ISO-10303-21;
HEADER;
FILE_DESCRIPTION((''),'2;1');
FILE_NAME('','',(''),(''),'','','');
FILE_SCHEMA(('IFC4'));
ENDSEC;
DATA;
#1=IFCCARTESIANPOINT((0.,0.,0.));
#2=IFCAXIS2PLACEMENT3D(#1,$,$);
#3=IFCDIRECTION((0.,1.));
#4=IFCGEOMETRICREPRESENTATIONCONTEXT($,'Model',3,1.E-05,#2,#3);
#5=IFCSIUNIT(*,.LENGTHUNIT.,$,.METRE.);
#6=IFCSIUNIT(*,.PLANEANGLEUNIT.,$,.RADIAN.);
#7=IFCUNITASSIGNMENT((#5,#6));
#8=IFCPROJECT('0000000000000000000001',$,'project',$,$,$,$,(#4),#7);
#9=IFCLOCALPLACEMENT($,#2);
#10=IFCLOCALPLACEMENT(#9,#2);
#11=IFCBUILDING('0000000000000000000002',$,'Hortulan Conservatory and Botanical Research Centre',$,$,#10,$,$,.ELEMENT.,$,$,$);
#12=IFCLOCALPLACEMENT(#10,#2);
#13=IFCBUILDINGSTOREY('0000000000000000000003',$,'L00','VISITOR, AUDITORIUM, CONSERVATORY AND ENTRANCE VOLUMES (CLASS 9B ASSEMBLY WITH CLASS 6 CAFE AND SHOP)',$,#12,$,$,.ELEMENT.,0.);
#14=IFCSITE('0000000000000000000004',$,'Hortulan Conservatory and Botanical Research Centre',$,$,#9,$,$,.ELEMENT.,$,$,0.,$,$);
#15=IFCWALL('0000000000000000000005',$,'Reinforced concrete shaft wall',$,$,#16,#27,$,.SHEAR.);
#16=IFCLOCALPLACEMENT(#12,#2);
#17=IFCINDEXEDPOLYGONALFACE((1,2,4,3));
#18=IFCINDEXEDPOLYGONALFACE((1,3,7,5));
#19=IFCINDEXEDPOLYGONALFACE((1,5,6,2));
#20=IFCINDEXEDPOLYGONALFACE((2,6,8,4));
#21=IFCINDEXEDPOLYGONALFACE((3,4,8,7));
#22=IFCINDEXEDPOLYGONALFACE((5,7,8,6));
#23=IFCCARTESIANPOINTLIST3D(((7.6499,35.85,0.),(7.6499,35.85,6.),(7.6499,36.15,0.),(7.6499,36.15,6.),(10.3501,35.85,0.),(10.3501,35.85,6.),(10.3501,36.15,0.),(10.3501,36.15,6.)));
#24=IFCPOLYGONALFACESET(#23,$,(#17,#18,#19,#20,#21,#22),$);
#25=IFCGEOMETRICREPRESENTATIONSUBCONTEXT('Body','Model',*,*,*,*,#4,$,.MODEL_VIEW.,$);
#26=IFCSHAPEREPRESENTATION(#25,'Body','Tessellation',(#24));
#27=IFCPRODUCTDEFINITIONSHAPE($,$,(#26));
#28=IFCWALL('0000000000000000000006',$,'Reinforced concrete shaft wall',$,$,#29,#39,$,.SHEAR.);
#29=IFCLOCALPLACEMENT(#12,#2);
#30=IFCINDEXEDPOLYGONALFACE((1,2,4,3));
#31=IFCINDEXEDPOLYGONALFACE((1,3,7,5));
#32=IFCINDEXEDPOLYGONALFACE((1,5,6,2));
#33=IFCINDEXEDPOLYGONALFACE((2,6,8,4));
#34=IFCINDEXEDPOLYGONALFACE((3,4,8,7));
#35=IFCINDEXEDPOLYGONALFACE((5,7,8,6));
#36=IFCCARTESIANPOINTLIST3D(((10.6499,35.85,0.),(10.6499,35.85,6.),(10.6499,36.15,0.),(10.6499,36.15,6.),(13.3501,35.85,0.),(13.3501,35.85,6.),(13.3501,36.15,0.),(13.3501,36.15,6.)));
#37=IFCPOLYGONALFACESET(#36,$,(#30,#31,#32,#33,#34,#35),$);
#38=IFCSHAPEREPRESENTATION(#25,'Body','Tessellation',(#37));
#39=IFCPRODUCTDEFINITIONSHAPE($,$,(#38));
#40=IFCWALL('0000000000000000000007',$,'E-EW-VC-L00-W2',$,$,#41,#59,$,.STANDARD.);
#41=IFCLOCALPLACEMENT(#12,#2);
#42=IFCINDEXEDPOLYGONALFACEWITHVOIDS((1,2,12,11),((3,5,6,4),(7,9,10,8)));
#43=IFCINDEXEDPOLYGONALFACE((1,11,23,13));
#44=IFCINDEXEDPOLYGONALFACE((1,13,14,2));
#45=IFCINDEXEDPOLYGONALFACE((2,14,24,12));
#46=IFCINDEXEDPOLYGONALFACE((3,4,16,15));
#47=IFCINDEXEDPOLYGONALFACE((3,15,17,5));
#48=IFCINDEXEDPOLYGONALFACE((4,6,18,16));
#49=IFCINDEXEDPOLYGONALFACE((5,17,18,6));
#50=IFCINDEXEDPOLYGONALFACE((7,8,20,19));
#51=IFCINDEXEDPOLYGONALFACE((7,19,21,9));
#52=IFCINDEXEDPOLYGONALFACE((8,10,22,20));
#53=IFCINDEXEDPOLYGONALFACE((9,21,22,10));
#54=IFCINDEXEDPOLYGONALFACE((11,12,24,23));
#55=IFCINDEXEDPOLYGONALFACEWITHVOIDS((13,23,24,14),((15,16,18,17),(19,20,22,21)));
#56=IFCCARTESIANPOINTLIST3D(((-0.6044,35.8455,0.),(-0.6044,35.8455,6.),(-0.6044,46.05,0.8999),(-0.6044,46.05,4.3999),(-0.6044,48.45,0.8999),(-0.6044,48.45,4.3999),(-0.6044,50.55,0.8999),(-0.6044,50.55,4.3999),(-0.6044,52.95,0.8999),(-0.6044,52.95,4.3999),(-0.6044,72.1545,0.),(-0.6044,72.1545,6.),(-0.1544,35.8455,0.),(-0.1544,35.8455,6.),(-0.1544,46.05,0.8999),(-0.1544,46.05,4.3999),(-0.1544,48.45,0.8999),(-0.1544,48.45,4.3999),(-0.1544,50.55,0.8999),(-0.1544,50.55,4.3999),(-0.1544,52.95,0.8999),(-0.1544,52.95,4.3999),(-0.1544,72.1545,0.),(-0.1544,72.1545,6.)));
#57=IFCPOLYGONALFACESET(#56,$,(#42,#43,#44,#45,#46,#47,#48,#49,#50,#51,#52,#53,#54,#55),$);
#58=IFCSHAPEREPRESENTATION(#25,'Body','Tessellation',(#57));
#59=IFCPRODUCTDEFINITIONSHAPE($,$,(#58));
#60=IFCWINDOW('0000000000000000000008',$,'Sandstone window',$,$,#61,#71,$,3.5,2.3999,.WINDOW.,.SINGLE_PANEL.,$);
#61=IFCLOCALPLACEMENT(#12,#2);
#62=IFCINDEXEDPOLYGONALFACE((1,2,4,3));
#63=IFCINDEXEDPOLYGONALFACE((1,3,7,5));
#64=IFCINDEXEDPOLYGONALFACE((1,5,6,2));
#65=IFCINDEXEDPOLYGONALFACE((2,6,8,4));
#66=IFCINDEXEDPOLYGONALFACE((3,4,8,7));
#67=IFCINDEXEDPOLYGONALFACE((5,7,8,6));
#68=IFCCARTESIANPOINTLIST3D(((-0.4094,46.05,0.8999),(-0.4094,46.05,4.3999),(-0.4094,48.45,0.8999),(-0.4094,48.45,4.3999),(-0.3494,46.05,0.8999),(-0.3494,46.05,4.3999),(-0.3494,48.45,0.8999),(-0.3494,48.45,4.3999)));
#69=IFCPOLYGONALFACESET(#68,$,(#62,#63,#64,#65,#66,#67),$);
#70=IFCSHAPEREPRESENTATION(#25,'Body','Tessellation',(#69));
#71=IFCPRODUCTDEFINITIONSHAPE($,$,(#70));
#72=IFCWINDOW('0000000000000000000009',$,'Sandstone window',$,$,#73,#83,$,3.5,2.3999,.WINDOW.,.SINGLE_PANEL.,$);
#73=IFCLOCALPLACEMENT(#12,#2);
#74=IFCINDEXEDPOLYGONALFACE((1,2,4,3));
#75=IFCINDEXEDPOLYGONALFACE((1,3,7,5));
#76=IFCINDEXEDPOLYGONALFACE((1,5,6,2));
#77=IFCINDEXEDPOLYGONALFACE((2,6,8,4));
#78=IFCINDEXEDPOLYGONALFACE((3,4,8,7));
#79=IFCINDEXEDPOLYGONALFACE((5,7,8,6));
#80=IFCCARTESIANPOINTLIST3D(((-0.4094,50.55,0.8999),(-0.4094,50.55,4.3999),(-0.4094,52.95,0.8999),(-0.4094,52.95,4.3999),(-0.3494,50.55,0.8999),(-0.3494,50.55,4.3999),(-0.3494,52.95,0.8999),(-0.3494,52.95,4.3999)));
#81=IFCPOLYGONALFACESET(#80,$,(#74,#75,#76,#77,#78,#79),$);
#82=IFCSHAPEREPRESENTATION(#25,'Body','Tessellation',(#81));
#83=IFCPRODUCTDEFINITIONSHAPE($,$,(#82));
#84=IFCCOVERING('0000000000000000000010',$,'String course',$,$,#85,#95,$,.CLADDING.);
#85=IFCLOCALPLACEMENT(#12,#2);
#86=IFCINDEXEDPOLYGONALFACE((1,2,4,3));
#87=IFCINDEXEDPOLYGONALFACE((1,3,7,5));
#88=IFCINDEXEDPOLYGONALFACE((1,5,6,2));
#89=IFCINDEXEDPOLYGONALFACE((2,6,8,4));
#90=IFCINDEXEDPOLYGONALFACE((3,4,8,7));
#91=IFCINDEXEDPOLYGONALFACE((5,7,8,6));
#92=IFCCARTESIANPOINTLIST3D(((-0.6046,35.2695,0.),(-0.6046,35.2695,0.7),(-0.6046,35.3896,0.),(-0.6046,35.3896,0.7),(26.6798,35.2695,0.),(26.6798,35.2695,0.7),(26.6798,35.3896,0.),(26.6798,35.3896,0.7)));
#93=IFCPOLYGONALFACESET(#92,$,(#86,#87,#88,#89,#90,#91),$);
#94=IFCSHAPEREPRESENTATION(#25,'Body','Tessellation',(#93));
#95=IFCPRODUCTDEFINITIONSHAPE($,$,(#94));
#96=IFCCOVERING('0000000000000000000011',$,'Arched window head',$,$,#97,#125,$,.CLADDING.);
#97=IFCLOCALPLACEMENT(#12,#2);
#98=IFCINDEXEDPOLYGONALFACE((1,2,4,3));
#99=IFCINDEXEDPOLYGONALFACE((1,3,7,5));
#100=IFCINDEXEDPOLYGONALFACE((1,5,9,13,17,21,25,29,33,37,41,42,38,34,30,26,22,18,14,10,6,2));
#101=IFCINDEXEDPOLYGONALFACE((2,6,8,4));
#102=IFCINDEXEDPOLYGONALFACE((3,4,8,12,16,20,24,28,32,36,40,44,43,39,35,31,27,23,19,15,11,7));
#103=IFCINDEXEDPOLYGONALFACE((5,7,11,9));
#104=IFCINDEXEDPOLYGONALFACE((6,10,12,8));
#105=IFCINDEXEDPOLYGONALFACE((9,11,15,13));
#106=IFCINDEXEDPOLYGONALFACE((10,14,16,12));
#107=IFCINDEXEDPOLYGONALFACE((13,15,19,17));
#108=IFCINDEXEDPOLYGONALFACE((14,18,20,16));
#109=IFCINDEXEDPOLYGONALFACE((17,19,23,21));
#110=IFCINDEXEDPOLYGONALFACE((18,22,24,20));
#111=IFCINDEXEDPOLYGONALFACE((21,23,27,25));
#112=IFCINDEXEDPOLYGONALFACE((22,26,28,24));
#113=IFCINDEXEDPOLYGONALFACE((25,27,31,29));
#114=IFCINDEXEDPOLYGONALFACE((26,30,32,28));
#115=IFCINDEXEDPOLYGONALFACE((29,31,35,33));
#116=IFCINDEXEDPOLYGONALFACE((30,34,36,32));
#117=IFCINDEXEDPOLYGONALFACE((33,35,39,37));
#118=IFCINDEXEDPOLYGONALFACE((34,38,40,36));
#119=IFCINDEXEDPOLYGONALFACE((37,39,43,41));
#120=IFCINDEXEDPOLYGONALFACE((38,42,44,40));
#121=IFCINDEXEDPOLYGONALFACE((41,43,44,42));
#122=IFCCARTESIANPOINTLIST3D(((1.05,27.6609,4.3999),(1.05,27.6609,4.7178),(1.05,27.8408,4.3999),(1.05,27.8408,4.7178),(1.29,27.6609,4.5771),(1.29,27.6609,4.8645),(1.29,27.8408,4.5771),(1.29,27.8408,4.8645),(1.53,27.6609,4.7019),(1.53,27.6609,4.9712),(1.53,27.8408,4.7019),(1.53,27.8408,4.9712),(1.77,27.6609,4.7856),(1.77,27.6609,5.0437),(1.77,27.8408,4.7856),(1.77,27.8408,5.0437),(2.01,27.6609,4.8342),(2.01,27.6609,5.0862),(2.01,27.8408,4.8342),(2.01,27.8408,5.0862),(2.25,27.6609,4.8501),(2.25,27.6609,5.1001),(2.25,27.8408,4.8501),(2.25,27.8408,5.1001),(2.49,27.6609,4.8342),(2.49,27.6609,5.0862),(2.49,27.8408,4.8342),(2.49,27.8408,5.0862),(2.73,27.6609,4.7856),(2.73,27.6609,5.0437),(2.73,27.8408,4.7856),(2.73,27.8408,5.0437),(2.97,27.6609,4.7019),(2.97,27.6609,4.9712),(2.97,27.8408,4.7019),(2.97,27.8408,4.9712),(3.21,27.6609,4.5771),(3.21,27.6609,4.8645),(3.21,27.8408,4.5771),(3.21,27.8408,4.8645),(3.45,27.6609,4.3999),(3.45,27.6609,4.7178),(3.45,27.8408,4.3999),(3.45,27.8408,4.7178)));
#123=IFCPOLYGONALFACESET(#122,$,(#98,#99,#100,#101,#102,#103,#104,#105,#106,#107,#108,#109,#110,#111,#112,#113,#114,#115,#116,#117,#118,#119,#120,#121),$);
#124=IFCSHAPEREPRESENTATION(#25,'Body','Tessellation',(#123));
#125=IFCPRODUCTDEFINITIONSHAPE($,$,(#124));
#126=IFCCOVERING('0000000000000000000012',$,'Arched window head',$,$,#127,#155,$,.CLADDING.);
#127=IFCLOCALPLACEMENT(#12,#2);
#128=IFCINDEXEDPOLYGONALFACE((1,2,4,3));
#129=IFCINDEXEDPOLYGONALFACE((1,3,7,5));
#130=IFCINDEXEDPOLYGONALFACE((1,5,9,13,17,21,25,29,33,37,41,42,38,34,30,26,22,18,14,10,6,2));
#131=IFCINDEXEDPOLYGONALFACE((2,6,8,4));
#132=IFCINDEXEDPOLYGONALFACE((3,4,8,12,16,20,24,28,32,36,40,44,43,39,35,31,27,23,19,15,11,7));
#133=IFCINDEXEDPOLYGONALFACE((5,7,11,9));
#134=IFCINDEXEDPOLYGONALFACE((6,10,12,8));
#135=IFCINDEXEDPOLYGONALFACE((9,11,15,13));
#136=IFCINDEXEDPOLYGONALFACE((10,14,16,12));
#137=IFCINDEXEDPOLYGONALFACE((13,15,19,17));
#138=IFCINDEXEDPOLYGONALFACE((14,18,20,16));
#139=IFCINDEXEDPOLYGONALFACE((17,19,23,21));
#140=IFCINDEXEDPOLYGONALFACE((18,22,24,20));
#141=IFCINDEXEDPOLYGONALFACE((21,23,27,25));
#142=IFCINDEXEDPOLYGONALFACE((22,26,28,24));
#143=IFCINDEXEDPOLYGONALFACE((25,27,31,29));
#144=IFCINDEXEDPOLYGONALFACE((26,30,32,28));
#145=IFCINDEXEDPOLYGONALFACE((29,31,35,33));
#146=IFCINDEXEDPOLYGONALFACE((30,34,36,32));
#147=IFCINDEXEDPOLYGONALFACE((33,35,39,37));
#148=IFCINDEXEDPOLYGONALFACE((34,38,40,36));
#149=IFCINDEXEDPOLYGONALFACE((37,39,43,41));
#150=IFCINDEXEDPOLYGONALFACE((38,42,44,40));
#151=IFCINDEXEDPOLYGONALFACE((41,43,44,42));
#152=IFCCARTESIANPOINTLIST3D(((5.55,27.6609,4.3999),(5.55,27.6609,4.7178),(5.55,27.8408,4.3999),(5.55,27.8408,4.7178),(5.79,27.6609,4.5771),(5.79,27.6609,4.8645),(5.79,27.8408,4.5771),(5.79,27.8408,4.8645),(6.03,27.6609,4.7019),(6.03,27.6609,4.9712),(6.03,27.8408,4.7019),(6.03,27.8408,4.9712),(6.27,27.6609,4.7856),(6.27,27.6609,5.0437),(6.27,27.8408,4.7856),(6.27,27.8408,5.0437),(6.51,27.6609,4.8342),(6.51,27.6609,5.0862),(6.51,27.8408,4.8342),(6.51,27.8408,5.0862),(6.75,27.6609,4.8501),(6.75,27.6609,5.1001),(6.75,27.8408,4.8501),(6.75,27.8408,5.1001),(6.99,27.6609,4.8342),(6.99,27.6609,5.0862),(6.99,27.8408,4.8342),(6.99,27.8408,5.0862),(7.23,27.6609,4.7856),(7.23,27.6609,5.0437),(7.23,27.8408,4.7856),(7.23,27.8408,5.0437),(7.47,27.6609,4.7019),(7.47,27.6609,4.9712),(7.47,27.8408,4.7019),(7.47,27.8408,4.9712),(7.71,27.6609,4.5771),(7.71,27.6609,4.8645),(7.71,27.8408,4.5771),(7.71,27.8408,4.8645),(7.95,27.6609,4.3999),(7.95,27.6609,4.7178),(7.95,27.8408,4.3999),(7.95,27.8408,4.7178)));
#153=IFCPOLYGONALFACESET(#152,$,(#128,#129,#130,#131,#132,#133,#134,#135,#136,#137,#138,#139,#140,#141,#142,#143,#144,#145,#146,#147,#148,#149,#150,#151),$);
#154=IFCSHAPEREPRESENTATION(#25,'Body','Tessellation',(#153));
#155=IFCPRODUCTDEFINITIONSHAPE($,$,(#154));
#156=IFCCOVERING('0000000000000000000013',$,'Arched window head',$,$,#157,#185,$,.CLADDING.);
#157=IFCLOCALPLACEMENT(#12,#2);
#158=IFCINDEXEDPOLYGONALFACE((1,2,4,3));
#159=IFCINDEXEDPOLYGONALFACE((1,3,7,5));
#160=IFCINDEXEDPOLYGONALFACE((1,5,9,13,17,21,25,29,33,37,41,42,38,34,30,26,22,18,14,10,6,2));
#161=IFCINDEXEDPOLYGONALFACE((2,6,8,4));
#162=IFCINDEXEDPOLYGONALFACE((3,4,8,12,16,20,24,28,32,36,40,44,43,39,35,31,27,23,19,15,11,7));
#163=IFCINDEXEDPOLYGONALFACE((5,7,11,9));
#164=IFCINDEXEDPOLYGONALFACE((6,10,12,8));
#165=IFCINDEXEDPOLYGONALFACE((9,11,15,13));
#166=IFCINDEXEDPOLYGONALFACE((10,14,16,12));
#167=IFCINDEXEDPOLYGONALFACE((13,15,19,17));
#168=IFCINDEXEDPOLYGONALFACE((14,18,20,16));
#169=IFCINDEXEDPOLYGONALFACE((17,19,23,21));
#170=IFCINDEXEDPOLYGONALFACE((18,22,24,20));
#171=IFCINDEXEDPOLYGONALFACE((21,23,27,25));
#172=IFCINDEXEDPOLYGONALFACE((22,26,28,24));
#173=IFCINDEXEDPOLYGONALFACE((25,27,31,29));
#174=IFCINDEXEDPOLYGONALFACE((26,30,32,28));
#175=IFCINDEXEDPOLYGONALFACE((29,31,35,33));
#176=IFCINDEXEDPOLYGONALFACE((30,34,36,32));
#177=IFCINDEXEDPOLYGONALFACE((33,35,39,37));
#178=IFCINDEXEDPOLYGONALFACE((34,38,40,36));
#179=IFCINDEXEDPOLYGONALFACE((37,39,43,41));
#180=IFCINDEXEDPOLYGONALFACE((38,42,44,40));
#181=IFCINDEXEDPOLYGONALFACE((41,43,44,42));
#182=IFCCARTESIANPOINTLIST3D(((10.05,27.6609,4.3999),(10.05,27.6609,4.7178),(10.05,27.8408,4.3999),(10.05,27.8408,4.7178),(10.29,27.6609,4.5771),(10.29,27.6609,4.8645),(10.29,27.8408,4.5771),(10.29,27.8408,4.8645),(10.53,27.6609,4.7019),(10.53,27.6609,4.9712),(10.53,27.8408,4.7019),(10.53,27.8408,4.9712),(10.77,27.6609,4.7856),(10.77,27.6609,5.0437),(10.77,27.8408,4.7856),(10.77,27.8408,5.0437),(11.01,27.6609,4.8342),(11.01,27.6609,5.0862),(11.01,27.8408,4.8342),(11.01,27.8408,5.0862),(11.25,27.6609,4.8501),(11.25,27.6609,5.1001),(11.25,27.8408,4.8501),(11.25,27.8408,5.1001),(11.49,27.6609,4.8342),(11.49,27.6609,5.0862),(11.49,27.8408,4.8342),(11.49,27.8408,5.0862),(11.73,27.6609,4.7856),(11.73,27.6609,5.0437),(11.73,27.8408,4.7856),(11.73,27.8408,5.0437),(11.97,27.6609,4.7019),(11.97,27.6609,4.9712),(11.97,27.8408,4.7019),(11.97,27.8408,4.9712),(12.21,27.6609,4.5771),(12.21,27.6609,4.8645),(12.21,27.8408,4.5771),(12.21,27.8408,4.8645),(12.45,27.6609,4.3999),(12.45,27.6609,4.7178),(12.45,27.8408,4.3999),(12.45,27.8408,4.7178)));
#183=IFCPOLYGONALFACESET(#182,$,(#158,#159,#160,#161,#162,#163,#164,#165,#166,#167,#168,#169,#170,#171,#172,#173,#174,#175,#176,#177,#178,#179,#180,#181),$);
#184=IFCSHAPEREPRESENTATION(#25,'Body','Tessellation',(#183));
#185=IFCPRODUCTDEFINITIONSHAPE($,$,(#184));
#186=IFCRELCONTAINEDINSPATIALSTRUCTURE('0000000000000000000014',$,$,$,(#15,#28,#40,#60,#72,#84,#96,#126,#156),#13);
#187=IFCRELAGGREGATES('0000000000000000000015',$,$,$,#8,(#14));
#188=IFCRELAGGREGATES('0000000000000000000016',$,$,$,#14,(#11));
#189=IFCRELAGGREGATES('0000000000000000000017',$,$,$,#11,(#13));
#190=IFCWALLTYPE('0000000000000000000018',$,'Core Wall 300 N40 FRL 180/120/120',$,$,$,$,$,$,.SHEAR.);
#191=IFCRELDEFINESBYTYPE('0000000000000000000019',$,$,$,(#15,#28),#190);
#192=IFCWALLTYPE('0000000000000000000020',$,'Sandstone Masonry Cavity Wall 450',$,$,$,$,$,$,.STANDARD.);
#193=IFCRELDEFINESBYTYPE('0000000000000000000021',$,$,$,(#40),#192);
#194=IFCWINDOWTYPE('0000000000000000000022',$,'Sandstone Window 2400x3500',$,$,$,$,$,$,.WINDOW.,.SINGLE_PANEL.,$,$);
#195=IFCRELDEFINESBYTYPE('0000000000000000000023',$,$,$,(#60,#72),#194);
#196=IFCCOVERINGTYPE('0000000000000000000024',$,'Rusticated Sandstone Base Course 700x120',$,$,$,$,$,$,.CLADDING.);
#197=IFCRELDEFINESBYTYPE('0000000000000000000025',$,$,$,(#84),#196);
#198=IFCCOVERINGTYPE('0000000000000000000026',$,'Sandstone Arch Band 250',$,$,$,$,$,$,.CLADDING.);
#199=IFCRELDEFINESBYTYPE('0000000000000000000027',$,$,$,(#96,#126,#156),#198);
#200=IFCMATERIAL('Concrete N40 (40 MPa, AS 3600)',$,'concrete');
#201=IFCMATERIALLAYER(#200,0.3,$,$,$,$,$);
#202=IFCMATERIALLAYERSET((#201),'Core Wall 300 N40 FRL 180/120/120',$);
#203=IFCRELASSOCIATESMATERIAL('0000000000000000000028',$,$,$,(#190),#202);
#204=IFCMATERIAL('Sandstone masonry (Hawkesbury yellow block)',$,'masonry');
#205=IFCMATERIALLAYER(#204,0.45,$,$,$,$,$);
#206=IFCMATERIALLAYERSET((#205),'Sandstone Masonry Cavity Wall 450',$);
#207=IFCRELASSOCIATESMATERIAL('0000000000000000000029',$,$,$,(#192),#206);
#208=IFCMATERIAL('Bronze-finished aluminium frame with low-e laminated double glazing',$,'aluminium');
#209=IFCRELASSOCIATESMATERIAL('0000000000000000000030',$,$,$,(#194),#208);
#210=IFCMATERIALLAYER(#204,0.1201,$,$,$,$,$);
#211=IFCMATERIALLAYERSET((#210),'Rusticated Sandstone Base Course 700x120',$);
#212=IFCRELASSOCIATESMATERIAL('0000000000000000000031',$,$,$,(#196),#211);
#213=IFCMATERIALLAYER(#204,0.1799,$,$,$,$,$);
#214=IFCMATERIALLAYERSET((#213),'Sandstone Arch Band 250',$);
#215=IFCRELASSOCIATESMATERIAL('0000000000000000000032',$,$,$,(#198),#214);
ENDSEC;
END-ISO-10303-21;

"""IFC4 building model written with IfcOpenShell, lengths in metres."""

from ifc_helpers import new_model, si_unit, direction, frame, frame_2d, origin, origin_2d, place, context, subcontext, project, spatial, polyline, rectangle, outline, extrude, material, layer, layer_set, type_object, element, fill, save


model = new_model("IFC4")

# Units and contexts
model_context = context("Model", 3, precision=1e-05, world=origin(), true_north=direction((0.0, 1.0)))
body_context = subcontext(model_context, "Body", "Model", "MODEL_VIEW")
ifc_project = project(units=[si_unit("LENGTHUNIT", "METRE"), si_unit("PLANEANGLEUNIT", "RADIAN")], contexts=[model_context])

# Site, building, storey
site_placement = place(None, origin())
site = spatial("IfcSite", under=ifc_project, at=site_placement, Name="Hortulan Conservatory and Botanical Research Centre", CompositionType="ELEMENT", RefElevation=0.0)
building_placement = place(site_placement, origin())
building = spatial("IfcBuilding", under=site, at=building_placement, Name="Hortulan Conservatory and Botanical Research Centre", CompositionType="ELEMENT")
storey_placement = place(building_placement, origin())
storey = spatial("IfcBuildingStorey", under=building, at=storey_placement, Name="L00", Description="VISITOR, AUDITORIUM, CONSERVATORY AND ENTRANCE VOLUMES (CLASS 9B ASSEMBLY WITH CLASS 6 CAFE AND SHOP)", CompositionType="ELEMENT", Elevation=0.0)

# Shared definitions
ifc_material_1 = material(Name="Concrete N40 (40 MPa, AS 3600)", Category="concrete")
ifc_layer_1 = layer(ifc_material_1, 0.3)
ifc_layer_set_1 = layer_set([ifc_layer_1], Name="Core Wall 300 N40 FRL 180/120/120")
wall_type_1 = type_object("IfcWallType", Name="Core Wall 300 N40 FRL 180/120/120", PredefinedType="SHEAR", material=ifc_layer_set_1)

# Walls
for number, where, z_axis, x_axis, name in (
    (1, (7.6499, 36.0, 0.0), (0.0, 0.0, 1.0), (1.0, 0.0, 0.0), "Reinforced concrete shaft wall"),
    (2, (10.6499, 36.0, 0.0), (0.0, 0.0, 1.0), (1.0, 0.0, 0.0), "Reinforced concrete shaft wall"),
):
    element("IfcWall", number, at=place(storey_placement, frame(where, z_axis=z_axis, x_axis=x_axis)), inside=storey, type_object=wall_type_1, Name=name, PredefinedType="SHEAR", context=body_context, shape_type="SweptSolid", body=[
        extrude(rectangle(XDim=2.7002, YDim=0.3, at=frame_2d((1.3501, 0.0))), origin(), (0.0, 0.0, 1.0), 6.0),
    ])

# Wall, openings, windows
ifc_material_2 = material(Name="Sandstone masonry (Hawkesbury yellow block)", Category="masonry")
ifc_layer_2 = layer(ifc_material_2, 0.45)
ifc_layer_set_2 = layer_set([ifc_layer_2], Name="Sandstone Masonry Cavity Wall 450")
wall_type_2 = type_object("IfcWallType", Name="Sandstone Masonry Cavity Wall 450", PredefinedType="STANDARD", material=ifc_layer_set_2)
wall_1_placement = place(storey_placement, frame((-0.3794, 35.8455, 0.0), z_axis=(0.0, 0.0, 1.0), x_axis=(0.0, 1.0, 0.0)))
wall_1 = element("IfcWall", 3, at=wall_1_placement, inside=storey, type_object=wall_type_2, Name="E-EW-VC-L00-W2", PredefinedType="STANDARD", context=body_context, shape_type="SweptSolid", body=[
    extrude(rectangle(XDim=36.3091, YDim=0.45, at=frame_2d((18.1545, 0.0))), origin(), (0.0, 0.0, 1.0), 6.0),
])
opening_1_placement = place(wall_1_placement, frame((10.2046, 0.0, 0.8999)))
opening_1 = element("IfcOpeningElement", 4, at=opening_1_placement, cuts=wall_1, PredefinedType="OPENING", context=body_context, shape_type="SweptSolid", body=[
    extrude(rectangle(XDim=2.3999, YDim=3.5, at=frame_2d((1.2, 1.75))), frame((0.0, 0.2349, 0.0), z_axis=(0.0, -1.0, 0.0), x_axis=(1.0, 0.0, 0.0)), (0.0, 0.0, 1.0), 0.47),
])
opening_2_placement = place(wall_1_placement, frame((14.7046, 0.0, 0.8999)))
opening_2 = element("IfcOpeningElement", 5, at=opening_2_placement, cuts=wall_1, PredefinedType="OPENING", context=body_context, shape_type="SweptSolid", body=[
    extrude(rectangle(XDim=2.3999, YDim=3.5, at=frame_2d((1.2, 1.75))), frame((0.0, 0.2349, 0.0), z_axis=(0.0, -1.0, 0.0), x_axis=(1.0, 0.0, 0.0)), (0.0, 0.0, 1.0), 0.47),
])
ifc_material_3 = material(Name="Bronze-finished aluminium frame with low-e laminated double glazing", Category="aluminium")
window_type = type_object("IfcWindowType", Name="Sandstone Window 2400x3500", PartitioningType="SINGLE_PANEL", PredefinedType="WINDOW", material=ifc_material_3)
window_1_placement = place(opening_1_placement, origin())
window_1 = element("IfcWindow", 6, at=window_1_placement, inside=storey, type_object=window_type, Name="Sandstone window", OverallHeight=3.5, OverallWidth=2.3999, PartitioningType="SINGLE_PANEL", PredefinedType="WINDOW", context=body_context, shape_type="SweptSolid", body=[
    extrude(rectangle(XDim=2.3999, YDim=3.5, at=frame_2d((1.2, 1.75))), frame((0.0, 0.03, 0.0), z_axis=(0.0, -1.0, 0.0), x_axis=(1.0, 0.0, 0.0)), (0.0, 0.0, 1.0), 0.0601),
])
fill(opening_1, window_1)
window_2_placement = place(opening_2_placement, origin())
window_2 = element("IfcWindow", 7, at=window_2_placement, inside=storey, type_object=window_type, Name="Sandstone window", OverallHeight=3.5, OverallWidth=2.3999, PartitioningType="SINGLE_PANEL", PredefinedType="WINDOW", context=body_context, shape_type="SweptSolid", body=[
    extrude(rectangle(XDim=2.3999, YDim=3.5, at=frame_2d((1.2, 1.75))), frame((0.0, 0.03, 0.0), z_axis=(0.0, -1.0, 0.0), x_axis=(1.0, 0.0, 0.0)), (0.0, 0.0, 1.0), 0.0601),
])
fill(opening_2, window_2)

# Coverings
ifc_layer_3 = layer(ifc_material_2, 0.1201)
ifc_layer_set_3 = layer_set([ifc_layer_3], Name="Rusticated Sandstone Base Course 700x120")
covering_type_1 = type_object("IfcCoveringType", Name="Rusticated Sandstone Base Course 700x120", PredefinedType="CLADDING", material=ifc_layer_set_3)
covering_placement = place(storey_placement, frame((13.0376, 35.3296, 0.0), z_axis=(0.0, 0.0, 1.0), x_axis=(-1.0, 0.0, 0.0)))
element("IfcCovering", 8, at=covering_placement, inside=storey, type_object=covering_type_1, Name="String course", PredefinedType="CLADDING", context=body_context, shape_type="SweptSolid", body=[
    extrude(rectangle(XDim=27.2844, YDim=0.1201, at=origin_2d()), origin(), (0.0, 0.0, 1.0), 0.7),
])
ifc_layer_4 = layer(ifc_material_2, 0.1799)
ifc_layer_set_4 = layer_set([ifc_layer_4], Name="Sandstone Arch Band 250")
covering_type_2 = type_object("IfcCoveringType", Name="Sandstone Arch Band 250", PredefinedType="CLADDING", material=ifc_layer_set_4)
for number, where, z_axis, x_axis, name in (
    (9, (1.05, 27.751, 4.3999), (0.0, 0.0, 1.0), (1.0, 0.0, 0.0), "Arched window head"),
    (10, (5.55, 27.751, 4.3999), (0.0, 0.0, 1.0), (1.0, 0.0, 0.0), "Arched window head"),
    (11, (10.05, 27.751, 4.3999), (0.0, 0.0, 1.0), (1.0, 0.0, 0.0), "Arched window head"),
):
    element("IfcCovering", number, at=place(storey_placement, frame(where, z_axis=z_axis, x_axis=x_axis)), inside=storey, type_object=covering_type_2, Name=name, PredefinedType="CLADDING", context=body_context, shape_type="SweptSolid", body=[
        extrude(outline(polyline([(0.0, 0.0), (0.24, 0.1772), (0.48, 0.302), (0.72, 0.3857), (0.96, 0.4343), (1.2, 0.4502), (1.4399, 0.4343), (1.6799, 0.3857), (1.9199, 0.302), (2.1599, 0.1772), (2.3999, 0.0), (2.3999, 0.3179), (2.1599, 0.4646), (1.9199, 0.5713), (1.6799, 0.6438), (1.4399, 0.6863), (1.2, 0.7002), (0.96, 0.6863), (0.72, 0.6438), (0.48, 0.5713), (0.24, 0.4646), (0.0, 0.3179), (0.0, 0.0)])), frame((0.0, 0.0898, 0.0), z_axis=(0.0, -1.0, 0.0), x_axis=(1.0, 0.0, 0.0)), (0.0, 0.0, 1.0), 0.1799),
    ])

save(model, "model.ifc")
